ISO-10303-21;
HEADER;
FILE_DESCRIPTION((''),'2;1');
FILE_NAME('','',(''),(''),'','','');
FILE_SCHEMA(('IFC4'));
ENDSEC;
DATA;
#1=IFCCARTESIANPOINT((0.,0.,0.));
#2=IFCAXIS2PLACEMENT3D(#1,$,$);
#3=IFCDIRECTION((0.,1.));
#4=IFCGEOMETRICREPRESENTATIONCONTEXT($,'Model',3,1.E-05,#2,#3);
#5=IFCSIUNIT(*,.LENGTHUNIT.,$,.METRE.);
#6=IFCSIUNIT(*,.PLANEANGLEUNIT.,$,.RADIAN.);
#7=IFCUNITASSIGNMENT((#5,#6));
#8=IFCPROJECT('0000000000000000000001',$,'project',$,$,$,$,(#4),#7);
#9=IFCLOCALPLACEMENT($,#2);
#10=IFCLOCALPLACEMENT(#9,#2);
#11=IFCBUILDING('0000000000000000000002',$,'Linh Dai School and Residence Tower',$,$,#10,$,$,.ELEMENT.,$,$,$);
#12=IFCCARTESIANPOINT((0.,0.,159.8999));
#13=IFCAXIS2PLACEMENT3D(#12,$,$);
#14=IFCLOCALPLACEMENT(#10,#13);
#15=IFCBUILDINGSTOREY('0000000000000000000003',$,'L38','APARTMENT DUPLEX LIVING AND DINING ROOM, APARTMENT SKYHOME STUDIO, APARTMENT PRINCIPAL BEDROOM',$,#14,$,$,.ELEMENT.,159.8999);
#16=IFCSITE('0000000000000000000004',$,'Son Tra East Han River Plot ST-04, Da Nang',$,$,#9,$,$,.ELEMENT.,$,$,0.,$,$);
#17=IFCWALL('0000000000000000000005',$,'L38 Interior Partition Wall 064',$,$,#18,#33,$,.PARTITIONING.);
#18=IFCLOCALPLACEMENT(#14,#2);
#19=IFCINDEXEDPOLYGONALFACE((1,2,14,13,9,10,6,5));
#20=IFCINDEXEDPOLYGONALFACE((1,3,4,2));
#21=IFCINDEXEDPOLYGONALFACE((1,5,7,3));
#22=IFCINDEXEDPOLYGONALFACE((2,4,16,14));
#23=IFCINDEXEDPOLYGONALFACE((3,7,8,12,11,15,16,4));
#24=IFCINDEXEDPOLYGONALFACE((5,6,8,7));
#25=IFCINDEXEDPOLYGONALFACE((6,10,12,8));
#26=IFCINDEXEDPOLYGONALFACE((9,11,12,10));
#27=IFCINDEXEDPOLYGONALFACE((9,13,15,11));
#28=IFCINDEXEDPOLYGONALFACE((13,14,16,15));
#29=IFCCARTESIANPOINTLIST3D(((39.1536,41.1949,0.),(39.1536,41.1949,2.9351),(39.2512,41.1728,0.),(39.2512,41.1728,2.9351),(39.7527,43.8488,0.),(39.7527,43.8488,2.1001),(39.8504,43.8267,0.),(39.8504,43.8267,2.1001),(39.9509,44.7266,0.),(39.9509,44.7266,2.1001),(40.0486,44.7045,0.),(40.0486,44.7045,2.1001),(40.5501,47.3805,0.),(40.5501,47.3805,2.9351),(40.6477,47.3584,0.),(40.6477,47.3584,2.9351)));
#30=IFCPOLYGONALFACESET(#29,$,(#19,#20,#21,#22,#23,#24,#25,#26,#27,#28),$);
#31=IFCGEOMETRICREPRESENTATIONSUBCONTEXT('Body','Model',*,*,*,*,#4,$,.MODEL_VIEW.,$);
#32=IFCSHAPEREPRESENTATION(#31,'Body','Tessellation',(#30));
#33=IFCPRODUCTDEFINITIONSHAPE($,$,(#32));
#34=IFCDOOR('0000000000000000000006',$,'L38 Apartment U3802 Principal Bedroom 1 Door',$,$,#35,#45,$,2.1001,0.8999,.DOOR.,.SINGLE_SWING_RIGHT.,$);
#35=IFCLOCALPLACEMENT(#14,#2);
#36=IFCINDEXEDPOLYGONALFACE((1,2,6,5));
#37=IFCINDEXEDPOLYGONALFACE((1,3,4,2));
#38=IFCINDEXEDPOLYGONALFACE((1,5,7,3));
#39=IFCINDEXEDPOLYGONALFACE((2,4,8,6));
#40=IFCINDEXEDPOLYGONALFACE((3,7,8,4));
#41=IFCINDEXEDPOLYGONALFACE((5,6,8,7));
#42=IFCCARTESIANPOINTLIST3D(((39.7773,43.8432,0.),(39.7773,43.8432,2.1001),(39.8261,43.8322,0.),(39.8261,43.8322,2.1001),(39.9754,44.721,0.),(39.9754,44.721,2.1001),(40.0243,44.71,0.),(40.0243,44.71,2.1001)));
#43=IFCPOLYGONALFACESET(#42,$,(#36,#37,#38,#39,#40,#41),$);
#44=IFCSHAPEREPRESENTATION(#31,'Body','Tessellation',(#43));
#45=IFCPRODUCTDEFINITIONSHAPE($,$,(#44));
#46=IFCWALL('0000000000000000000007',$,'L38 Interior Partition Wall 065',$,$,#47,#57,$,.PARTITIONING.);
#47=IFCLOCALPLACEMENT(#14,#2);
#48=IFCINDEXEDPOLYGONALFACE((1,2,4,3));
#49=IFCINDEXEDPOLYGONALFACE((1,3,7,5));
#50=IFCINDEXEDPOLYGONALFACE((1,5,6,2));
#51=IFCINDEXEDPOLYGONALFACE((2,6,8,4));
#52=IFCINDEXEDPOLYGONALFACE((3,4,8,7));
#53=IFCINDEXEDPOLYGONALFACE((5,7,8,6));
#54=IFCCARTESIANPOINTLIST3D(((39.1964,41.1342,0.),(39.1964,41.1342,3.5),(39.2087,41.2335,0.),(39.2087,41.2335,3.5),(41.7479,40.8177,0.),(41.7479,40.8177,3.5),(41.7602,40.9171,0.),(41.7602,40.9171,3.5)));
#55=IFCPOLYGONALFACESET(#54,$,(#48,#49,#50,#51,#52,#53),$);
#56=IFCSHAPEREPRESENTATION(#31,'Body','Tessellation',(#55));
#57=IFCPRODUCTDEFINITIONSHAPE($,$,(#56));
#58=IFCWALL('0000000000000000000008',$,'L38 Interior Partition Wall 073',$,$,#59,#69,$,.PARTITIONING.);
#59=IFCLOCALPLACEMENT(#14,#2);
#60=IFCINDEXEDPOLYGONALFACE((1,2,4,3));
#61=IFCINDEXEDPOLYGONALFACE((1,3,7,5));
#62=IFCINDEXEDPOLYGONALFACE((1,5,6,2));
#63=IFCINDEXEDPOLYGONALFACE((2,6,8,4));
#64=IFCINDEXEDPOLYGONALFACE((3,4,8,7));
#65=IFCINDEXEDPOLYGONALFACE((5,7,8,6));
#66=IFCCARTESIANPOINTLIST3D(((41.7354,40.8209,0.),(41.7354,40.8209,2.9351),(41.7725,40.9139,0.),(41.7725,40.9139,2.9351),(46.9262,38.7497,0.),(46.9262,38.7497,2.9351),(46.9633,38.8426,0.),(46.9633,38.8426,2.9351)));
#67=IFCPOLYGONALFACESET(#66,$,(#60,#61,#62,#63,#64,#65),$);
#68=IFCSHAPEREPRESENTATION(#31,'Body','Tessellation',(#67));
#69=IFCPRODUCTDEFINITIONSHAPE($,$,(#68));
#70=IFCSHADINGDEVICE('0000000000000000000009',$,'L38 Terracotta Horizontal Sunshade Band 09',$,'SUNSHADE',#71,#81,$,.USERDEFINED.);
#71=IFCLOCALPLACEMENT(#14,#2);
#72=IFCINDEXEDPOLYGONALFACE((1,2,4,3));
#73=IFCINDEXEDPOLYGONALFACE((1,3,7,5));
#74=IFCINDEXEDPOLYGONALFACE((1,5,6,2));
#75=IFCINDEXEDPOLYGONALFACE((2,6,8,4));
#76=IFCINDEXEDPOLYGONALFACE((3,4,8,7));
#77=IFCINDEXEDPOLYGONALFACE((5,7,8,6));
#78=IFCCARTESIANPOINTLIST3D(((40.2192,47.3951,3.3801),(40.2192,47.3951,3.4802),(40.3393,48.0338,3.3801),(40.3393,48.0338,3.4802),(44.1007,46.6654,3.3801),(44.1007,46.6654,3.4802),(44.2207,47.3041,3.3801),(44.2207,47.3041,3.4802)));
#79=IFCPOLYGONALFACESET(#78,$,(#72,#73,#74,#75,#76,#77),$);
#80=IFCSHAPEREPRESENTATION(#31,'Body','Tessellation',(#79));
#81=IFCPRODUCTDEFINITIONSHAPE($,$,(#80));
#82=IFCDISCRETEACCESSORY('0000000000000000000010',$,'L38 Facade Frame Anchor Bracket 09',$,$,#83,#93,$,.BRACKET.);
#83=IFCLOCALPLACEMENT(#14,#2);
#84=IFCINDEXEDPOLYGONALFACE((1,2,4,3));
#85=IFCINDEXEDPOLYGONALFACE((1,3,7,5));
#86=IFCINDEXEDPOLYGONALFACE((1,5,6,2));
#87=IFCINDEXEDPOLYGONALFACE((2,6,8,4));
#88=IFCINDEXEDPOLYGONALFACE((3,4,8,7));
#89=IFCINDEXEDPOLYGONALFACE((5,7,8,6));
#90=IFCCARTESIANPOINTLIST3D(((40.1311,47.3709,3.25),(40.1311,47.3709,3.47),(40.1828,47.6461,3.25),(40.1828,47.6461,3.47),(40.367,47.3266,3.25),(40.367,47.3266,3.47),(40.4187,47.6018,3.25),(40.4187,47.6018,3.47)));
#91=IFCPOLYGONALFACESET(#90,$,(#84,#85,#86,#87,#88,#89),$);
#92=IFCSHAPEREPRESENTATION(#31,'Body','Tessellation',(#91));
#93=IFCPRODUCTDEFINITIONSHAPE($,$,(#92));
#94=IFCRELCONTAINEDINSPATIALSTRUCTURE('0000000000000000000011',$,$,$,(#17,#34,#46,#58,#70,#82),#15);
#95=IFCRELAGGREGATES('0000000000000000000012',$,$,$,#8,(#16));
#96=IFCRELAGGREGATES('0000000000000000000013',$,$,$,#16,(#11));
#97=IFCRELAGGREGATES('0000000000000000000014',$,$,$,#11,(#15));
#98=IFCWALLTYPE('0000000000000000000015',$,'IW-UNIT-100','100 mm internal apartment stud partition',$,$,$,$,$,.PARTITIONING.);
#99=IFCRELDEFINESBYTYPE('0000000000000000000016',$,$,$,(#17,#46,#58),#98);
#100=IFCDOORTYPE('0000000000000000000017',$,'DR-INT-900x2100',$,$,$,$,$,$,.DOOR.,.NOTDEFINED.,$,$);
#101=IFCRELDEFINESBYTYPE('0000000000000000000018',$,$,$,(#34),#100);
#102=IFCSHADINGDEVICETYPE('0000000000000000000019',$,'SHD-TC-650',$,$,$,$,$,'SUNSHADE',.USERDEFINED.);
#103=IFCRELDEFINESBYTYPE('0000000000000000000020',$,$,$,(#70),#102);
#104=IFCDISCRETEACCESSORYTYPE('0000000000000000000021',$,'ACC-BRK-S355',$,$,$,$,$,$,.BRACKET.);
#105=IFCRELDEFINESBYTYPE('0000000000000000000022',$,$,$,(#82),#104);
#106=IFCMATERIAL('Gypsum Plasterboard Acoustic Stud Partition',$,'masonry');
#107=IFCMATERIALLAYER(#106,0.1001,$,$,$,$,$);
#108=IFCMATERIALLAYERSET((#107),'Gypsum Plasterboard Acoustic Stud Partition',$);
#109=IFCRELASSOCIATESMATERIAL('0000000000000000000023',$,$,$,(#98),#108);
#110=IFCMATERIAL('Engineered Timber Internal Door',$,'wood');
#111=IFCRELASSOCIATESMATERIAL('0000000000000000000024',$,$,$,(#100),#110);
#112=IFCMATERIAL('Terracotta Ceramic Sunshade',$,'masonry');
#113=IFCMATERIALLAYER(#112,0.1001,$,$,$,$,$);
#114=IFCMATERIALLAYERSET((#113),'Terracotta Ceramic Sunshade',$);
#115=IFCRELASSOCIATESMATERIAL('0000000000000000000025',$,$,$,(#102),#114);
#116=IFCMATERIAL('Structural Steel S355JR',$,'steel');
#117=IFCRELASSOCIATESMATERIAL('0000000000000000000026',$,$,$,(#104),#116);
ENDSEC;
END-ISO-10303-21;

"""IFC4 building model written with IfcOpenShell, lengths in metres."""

from ifc_helpers import new_model, si_unit, direction, frame, frame_2d, origin, origin_2d, place, context, subcontext, project, spatial, rectangle, extrude, source, transform, mapped, material, layer, layer_set, type_object, element, fill, save


model = new_model("IFC4")

# Units and contexts
model_context = context("Model", 3, precision=1e-05, world=origin(), true_north=direction((0.0, 1.0)))
body_context = subcontext(model_context, "Body", "Model", "MODEL_VIEW")
ifc_project = project(units=[si_unit("LENGTHUNIT", "METRE"), si_unit("PLANEANGLEUNIT", "RADIAN")], contexts=[model_context])

# Site, building, storey
site_placement = place(None, origin())
site = spatial("IfcSite", under=ifc_project, at=site_placement, Name="Son Tra East Han River Plot ST-04, Da Nang", CompositionType="ELEMENT", RefElevation=0.0)
building_placement = place(site_placement, origin())
building = spatial("IfcBuilding", under=site, at=building_placement, Name="Linh Dai School and Residence Tower", CompositionType="ELEMENT")
storey_placement = place(building_placement, frame((0.0, 0.0, 159.8999)))
storey = spatial("IfcBuildingStorey", under=building, at=storey_placement, Name="L38", Description="APARTMENT DUPLEX LIVING AND DINING ROOM, APARTMENT SKYHOME STUDIO, APARTMENT PRINCIPAL BEDROOM", CompositionType="ELEMENT", Elevation=159.8999)

# Shared definitions
ifc_material_1 = material(Name="Structural Steel S355JR", Category="steel")

# Wall, opening, door
ifc_material_2 = material(Name="Gypsum Plasterboard Acoustic Stud Partition", Category="masonry")
ifc_layer_1 = layer(ifc_material_2, 0.1001)
ifc_layer_set_1 = layer_set([ifc_layer_1], Name="Gypsum Plasterboard Acoustic Stud Partition")
wall_type_1 = type_object("IfcWallType", Name="IW-UNIT-100", Description="100 mm internal apartment stud partition", PredefinedType="PARTITIONING", material=ifc_layer_set_1)
wall_1_placement = place(storey_placement, frame((39.2024, 41.1838, 0.0), z_axis=(0.0, 0.0, 1.0), x_axis=(0.220223, 0.97545, 0.0)))
wall_1 = element("IfcWall", 1, at=wall_1_placement, inside=storey, type_object=wall_type_1, Name="L38 Interior Partition Wall 064", PredefinedType="PARTITIONING", context=body_context, shape_type="SweptSolid", body=[
    extrude(rectangle(XDim=6.3413, YDim=0.1001, at=frame_2d((3.1707, 0.0))), origin(), (0.0, 0.0, 1.0), 2.9351),
])
opening_1_placement = place(wall_1_placement, frame((2.7207, 0.0, 0.0)))
opening_1 = element("IfcOpeningElement", 2, at=opening_1_placement, cuts=wall_1, PredefinedType="OPENING", context=body_context, shape_type="SweptSolid", body=[
    extrude(rectangle(XDim=0.8999, YDim=2.1001, at=origin_2d()), frame((0.45, 0.0601, 1.05), z_axis=(0.0, -1.0, 0.0), x_axis=(1.0, 0.0, 0.0)), (0.0, 0.0, 1.0), 0.1201),
])
ifc_material_3 = material(Name="Engineered Timber Internal Door", Category="wood")
door_type = type_object("IfcDoorType", Name="DR-INT-900x2100", OperationType="NOTDEFINED", PredefinedType="DOOR", material=ifc_material_3)
shared_shape_1 = source(origin(), body_context, "Body", "SweptSolid", [
    extrude(rectangle(XDim=0.8999, YDim=2.1001, at=origin_2d()), frame((0.45, 0.0249, 1.05), z_axis=(0.0, -1.0, 0.0), x_axis=(1.0, 0.0, 0.0)), (0.0, 0.0, 1.0), 0.05),
])
door_placement = place(opening_1_placement, origin())
door = element("IfcDoor", 3, at=door_placement, inside=storey, type_object=door_type, Name="L38 Apartment U3802 Principal Bedroom 1 Door", OperationType="SINGLE_SWING_RIGHT", OverallHeight=2.1001, OverallWidth=0.8999, PredefinedType="DOOR", context=body_context, shape_type="MappedRepresentation", body=[
    mapped(shared_shape_1, transform((0.0, 0.0, 0.0), x_axis=(1.0, 0.0, 0.0), y_axis=(0.0, 1.0, 0.0), z_axis=(0.0, 0.0, 1.0), scale=1.0)),
])
fill(opening_1, door)

# Walls
wall_2_placement = place(storey_placement, frame((39.2024, 41.1838, 0.0), z_axis=(0.0, 0.0, 1.0), x_axis=(0.992399, -0.123065, 0.0)))
element("IfcWall", 4, at=wall_2_placement, inside=storey, type_object=wall_type_1, Name="L38 Interior Partition Wall 065", PredefinedType="PARTITIONING", context=body_context, shape_type="SweptSolid", body=[
    extrude(rectangle(XDim=2.571, YDim=0.1001, at=frame_2d((1.2856, 0.0))), origin(), (0.0, 0.0, 1.0), 3.5),
])
wall_3_placement = place(storey_placement, frame((41.7539, 40.8674, 0.0), z_axis=(0.0, 0.0, 1.0), x_axis=(0.92879, -0.370607, 0.0)))
element("IfcWall", 5, at=wall_3_placement, inside=storey, type_object=wall_type_1, Name="L38 Interior Partition Wall 073", PredefinedType="PARTITIONING", context=body_context, shape_type="SweptSolid", body=[
    extrude(rectangle(XDim=5.5889, YDim=0.1001, at=frame_2d((2.7944, 0.0))), origin(), (0.0, 0.0, 1.0), 2.9351),
])

# Shading device
ifc_material_4 = material(Name="Terracotta Ceramic Sunshade", Category="masonry")
ifc_layer_2 = layer(ifc_material_4, 0.1001)
ifc_layer_set_2 = layer_set([ifc_layer_2], Name="Terracotta Ceramic Sunshade")
shading_device_type = type_object("IfcShadingDeviceType", Name="SHD-TC-650", ElementType="SUNSHADE", PredefinedType="USERDEFINED", material=ifc_layer_set_2)
shared_shape_2 = source(origin(), body_context, "Body", "SweptSolid", [
    extrude(rectangle(XDim=3.9495, YDim=0.6499, at=origin_2d()), origin(), (0.0, 0.0, 1.0), 0.1001),
])
shading_device_placement = place(storey_placement, frame((42.22, 47.3496, 3.3801), z_axis=(0.0, 0.0, 1.0), x_axis=(0.982783, -0.184763, 0.0)))
element("IfcShadingDevice", 6, at=shading_device_placement, inside=storey, type_object=shading_device_type, Name="L38 Terracotta Horizontal Sunshade Band 09", ObjectType="SUNSHADE", PredefinedType="USERDEFINED", context=body_context, shape_type="MappedRepresentation", body=[
    mapped(shared_shape_2, transform((0.0, 0.0, 0.0), x_axis=(1.0, 0.0, 0.0), y_axis=(0.0, 1.0, 0.0), z_axis=(0.0, 0.0, 1.0), scale=1.0)),
])

# Discrete accessory
discrete_accessory_type = type_object("IfcDiscreteAccessoryType", Name="ACC-BRK-S355", PredefinedType="BRACKET", material=ifc_material_1)
shared_shape_3 = source(origin(), body_context, "Body", "SweptSolid", [
    extrude(rectangle(XDim=0.28, YDim=0.24, at=origin_2d()), origin(), (0.0, 0.0, 1.0), 0.22),
])
discrete_accessory_placement = place(storey_placement, frame((40.2749, 47.4863, 3.25), z_axis=(0.0, 0.0, 1.0), x_axis=(0.184763, 0.982783, 0.0)))
element("IfcDiscreteAccessory", 7, at=discrete_accessory_placement, inside=storey, type_object=discrete_accessory_type, Name="L38 Facade Frame Anchor Bracket 09", PredefinedType="BRACKET", context=body_context, shape_type="MappedRepresentation", body=[
    mapped(shared_shape_3, transform((0.0, 0.0, 0.0), x_axis=(1.0, 0.0, 0.0), y_axis=(0.0, 1.0, 0.0), z_axis=(0.0, 0.0, 1.0), scale=1.0)),
])

save(model, "model.ifc")
